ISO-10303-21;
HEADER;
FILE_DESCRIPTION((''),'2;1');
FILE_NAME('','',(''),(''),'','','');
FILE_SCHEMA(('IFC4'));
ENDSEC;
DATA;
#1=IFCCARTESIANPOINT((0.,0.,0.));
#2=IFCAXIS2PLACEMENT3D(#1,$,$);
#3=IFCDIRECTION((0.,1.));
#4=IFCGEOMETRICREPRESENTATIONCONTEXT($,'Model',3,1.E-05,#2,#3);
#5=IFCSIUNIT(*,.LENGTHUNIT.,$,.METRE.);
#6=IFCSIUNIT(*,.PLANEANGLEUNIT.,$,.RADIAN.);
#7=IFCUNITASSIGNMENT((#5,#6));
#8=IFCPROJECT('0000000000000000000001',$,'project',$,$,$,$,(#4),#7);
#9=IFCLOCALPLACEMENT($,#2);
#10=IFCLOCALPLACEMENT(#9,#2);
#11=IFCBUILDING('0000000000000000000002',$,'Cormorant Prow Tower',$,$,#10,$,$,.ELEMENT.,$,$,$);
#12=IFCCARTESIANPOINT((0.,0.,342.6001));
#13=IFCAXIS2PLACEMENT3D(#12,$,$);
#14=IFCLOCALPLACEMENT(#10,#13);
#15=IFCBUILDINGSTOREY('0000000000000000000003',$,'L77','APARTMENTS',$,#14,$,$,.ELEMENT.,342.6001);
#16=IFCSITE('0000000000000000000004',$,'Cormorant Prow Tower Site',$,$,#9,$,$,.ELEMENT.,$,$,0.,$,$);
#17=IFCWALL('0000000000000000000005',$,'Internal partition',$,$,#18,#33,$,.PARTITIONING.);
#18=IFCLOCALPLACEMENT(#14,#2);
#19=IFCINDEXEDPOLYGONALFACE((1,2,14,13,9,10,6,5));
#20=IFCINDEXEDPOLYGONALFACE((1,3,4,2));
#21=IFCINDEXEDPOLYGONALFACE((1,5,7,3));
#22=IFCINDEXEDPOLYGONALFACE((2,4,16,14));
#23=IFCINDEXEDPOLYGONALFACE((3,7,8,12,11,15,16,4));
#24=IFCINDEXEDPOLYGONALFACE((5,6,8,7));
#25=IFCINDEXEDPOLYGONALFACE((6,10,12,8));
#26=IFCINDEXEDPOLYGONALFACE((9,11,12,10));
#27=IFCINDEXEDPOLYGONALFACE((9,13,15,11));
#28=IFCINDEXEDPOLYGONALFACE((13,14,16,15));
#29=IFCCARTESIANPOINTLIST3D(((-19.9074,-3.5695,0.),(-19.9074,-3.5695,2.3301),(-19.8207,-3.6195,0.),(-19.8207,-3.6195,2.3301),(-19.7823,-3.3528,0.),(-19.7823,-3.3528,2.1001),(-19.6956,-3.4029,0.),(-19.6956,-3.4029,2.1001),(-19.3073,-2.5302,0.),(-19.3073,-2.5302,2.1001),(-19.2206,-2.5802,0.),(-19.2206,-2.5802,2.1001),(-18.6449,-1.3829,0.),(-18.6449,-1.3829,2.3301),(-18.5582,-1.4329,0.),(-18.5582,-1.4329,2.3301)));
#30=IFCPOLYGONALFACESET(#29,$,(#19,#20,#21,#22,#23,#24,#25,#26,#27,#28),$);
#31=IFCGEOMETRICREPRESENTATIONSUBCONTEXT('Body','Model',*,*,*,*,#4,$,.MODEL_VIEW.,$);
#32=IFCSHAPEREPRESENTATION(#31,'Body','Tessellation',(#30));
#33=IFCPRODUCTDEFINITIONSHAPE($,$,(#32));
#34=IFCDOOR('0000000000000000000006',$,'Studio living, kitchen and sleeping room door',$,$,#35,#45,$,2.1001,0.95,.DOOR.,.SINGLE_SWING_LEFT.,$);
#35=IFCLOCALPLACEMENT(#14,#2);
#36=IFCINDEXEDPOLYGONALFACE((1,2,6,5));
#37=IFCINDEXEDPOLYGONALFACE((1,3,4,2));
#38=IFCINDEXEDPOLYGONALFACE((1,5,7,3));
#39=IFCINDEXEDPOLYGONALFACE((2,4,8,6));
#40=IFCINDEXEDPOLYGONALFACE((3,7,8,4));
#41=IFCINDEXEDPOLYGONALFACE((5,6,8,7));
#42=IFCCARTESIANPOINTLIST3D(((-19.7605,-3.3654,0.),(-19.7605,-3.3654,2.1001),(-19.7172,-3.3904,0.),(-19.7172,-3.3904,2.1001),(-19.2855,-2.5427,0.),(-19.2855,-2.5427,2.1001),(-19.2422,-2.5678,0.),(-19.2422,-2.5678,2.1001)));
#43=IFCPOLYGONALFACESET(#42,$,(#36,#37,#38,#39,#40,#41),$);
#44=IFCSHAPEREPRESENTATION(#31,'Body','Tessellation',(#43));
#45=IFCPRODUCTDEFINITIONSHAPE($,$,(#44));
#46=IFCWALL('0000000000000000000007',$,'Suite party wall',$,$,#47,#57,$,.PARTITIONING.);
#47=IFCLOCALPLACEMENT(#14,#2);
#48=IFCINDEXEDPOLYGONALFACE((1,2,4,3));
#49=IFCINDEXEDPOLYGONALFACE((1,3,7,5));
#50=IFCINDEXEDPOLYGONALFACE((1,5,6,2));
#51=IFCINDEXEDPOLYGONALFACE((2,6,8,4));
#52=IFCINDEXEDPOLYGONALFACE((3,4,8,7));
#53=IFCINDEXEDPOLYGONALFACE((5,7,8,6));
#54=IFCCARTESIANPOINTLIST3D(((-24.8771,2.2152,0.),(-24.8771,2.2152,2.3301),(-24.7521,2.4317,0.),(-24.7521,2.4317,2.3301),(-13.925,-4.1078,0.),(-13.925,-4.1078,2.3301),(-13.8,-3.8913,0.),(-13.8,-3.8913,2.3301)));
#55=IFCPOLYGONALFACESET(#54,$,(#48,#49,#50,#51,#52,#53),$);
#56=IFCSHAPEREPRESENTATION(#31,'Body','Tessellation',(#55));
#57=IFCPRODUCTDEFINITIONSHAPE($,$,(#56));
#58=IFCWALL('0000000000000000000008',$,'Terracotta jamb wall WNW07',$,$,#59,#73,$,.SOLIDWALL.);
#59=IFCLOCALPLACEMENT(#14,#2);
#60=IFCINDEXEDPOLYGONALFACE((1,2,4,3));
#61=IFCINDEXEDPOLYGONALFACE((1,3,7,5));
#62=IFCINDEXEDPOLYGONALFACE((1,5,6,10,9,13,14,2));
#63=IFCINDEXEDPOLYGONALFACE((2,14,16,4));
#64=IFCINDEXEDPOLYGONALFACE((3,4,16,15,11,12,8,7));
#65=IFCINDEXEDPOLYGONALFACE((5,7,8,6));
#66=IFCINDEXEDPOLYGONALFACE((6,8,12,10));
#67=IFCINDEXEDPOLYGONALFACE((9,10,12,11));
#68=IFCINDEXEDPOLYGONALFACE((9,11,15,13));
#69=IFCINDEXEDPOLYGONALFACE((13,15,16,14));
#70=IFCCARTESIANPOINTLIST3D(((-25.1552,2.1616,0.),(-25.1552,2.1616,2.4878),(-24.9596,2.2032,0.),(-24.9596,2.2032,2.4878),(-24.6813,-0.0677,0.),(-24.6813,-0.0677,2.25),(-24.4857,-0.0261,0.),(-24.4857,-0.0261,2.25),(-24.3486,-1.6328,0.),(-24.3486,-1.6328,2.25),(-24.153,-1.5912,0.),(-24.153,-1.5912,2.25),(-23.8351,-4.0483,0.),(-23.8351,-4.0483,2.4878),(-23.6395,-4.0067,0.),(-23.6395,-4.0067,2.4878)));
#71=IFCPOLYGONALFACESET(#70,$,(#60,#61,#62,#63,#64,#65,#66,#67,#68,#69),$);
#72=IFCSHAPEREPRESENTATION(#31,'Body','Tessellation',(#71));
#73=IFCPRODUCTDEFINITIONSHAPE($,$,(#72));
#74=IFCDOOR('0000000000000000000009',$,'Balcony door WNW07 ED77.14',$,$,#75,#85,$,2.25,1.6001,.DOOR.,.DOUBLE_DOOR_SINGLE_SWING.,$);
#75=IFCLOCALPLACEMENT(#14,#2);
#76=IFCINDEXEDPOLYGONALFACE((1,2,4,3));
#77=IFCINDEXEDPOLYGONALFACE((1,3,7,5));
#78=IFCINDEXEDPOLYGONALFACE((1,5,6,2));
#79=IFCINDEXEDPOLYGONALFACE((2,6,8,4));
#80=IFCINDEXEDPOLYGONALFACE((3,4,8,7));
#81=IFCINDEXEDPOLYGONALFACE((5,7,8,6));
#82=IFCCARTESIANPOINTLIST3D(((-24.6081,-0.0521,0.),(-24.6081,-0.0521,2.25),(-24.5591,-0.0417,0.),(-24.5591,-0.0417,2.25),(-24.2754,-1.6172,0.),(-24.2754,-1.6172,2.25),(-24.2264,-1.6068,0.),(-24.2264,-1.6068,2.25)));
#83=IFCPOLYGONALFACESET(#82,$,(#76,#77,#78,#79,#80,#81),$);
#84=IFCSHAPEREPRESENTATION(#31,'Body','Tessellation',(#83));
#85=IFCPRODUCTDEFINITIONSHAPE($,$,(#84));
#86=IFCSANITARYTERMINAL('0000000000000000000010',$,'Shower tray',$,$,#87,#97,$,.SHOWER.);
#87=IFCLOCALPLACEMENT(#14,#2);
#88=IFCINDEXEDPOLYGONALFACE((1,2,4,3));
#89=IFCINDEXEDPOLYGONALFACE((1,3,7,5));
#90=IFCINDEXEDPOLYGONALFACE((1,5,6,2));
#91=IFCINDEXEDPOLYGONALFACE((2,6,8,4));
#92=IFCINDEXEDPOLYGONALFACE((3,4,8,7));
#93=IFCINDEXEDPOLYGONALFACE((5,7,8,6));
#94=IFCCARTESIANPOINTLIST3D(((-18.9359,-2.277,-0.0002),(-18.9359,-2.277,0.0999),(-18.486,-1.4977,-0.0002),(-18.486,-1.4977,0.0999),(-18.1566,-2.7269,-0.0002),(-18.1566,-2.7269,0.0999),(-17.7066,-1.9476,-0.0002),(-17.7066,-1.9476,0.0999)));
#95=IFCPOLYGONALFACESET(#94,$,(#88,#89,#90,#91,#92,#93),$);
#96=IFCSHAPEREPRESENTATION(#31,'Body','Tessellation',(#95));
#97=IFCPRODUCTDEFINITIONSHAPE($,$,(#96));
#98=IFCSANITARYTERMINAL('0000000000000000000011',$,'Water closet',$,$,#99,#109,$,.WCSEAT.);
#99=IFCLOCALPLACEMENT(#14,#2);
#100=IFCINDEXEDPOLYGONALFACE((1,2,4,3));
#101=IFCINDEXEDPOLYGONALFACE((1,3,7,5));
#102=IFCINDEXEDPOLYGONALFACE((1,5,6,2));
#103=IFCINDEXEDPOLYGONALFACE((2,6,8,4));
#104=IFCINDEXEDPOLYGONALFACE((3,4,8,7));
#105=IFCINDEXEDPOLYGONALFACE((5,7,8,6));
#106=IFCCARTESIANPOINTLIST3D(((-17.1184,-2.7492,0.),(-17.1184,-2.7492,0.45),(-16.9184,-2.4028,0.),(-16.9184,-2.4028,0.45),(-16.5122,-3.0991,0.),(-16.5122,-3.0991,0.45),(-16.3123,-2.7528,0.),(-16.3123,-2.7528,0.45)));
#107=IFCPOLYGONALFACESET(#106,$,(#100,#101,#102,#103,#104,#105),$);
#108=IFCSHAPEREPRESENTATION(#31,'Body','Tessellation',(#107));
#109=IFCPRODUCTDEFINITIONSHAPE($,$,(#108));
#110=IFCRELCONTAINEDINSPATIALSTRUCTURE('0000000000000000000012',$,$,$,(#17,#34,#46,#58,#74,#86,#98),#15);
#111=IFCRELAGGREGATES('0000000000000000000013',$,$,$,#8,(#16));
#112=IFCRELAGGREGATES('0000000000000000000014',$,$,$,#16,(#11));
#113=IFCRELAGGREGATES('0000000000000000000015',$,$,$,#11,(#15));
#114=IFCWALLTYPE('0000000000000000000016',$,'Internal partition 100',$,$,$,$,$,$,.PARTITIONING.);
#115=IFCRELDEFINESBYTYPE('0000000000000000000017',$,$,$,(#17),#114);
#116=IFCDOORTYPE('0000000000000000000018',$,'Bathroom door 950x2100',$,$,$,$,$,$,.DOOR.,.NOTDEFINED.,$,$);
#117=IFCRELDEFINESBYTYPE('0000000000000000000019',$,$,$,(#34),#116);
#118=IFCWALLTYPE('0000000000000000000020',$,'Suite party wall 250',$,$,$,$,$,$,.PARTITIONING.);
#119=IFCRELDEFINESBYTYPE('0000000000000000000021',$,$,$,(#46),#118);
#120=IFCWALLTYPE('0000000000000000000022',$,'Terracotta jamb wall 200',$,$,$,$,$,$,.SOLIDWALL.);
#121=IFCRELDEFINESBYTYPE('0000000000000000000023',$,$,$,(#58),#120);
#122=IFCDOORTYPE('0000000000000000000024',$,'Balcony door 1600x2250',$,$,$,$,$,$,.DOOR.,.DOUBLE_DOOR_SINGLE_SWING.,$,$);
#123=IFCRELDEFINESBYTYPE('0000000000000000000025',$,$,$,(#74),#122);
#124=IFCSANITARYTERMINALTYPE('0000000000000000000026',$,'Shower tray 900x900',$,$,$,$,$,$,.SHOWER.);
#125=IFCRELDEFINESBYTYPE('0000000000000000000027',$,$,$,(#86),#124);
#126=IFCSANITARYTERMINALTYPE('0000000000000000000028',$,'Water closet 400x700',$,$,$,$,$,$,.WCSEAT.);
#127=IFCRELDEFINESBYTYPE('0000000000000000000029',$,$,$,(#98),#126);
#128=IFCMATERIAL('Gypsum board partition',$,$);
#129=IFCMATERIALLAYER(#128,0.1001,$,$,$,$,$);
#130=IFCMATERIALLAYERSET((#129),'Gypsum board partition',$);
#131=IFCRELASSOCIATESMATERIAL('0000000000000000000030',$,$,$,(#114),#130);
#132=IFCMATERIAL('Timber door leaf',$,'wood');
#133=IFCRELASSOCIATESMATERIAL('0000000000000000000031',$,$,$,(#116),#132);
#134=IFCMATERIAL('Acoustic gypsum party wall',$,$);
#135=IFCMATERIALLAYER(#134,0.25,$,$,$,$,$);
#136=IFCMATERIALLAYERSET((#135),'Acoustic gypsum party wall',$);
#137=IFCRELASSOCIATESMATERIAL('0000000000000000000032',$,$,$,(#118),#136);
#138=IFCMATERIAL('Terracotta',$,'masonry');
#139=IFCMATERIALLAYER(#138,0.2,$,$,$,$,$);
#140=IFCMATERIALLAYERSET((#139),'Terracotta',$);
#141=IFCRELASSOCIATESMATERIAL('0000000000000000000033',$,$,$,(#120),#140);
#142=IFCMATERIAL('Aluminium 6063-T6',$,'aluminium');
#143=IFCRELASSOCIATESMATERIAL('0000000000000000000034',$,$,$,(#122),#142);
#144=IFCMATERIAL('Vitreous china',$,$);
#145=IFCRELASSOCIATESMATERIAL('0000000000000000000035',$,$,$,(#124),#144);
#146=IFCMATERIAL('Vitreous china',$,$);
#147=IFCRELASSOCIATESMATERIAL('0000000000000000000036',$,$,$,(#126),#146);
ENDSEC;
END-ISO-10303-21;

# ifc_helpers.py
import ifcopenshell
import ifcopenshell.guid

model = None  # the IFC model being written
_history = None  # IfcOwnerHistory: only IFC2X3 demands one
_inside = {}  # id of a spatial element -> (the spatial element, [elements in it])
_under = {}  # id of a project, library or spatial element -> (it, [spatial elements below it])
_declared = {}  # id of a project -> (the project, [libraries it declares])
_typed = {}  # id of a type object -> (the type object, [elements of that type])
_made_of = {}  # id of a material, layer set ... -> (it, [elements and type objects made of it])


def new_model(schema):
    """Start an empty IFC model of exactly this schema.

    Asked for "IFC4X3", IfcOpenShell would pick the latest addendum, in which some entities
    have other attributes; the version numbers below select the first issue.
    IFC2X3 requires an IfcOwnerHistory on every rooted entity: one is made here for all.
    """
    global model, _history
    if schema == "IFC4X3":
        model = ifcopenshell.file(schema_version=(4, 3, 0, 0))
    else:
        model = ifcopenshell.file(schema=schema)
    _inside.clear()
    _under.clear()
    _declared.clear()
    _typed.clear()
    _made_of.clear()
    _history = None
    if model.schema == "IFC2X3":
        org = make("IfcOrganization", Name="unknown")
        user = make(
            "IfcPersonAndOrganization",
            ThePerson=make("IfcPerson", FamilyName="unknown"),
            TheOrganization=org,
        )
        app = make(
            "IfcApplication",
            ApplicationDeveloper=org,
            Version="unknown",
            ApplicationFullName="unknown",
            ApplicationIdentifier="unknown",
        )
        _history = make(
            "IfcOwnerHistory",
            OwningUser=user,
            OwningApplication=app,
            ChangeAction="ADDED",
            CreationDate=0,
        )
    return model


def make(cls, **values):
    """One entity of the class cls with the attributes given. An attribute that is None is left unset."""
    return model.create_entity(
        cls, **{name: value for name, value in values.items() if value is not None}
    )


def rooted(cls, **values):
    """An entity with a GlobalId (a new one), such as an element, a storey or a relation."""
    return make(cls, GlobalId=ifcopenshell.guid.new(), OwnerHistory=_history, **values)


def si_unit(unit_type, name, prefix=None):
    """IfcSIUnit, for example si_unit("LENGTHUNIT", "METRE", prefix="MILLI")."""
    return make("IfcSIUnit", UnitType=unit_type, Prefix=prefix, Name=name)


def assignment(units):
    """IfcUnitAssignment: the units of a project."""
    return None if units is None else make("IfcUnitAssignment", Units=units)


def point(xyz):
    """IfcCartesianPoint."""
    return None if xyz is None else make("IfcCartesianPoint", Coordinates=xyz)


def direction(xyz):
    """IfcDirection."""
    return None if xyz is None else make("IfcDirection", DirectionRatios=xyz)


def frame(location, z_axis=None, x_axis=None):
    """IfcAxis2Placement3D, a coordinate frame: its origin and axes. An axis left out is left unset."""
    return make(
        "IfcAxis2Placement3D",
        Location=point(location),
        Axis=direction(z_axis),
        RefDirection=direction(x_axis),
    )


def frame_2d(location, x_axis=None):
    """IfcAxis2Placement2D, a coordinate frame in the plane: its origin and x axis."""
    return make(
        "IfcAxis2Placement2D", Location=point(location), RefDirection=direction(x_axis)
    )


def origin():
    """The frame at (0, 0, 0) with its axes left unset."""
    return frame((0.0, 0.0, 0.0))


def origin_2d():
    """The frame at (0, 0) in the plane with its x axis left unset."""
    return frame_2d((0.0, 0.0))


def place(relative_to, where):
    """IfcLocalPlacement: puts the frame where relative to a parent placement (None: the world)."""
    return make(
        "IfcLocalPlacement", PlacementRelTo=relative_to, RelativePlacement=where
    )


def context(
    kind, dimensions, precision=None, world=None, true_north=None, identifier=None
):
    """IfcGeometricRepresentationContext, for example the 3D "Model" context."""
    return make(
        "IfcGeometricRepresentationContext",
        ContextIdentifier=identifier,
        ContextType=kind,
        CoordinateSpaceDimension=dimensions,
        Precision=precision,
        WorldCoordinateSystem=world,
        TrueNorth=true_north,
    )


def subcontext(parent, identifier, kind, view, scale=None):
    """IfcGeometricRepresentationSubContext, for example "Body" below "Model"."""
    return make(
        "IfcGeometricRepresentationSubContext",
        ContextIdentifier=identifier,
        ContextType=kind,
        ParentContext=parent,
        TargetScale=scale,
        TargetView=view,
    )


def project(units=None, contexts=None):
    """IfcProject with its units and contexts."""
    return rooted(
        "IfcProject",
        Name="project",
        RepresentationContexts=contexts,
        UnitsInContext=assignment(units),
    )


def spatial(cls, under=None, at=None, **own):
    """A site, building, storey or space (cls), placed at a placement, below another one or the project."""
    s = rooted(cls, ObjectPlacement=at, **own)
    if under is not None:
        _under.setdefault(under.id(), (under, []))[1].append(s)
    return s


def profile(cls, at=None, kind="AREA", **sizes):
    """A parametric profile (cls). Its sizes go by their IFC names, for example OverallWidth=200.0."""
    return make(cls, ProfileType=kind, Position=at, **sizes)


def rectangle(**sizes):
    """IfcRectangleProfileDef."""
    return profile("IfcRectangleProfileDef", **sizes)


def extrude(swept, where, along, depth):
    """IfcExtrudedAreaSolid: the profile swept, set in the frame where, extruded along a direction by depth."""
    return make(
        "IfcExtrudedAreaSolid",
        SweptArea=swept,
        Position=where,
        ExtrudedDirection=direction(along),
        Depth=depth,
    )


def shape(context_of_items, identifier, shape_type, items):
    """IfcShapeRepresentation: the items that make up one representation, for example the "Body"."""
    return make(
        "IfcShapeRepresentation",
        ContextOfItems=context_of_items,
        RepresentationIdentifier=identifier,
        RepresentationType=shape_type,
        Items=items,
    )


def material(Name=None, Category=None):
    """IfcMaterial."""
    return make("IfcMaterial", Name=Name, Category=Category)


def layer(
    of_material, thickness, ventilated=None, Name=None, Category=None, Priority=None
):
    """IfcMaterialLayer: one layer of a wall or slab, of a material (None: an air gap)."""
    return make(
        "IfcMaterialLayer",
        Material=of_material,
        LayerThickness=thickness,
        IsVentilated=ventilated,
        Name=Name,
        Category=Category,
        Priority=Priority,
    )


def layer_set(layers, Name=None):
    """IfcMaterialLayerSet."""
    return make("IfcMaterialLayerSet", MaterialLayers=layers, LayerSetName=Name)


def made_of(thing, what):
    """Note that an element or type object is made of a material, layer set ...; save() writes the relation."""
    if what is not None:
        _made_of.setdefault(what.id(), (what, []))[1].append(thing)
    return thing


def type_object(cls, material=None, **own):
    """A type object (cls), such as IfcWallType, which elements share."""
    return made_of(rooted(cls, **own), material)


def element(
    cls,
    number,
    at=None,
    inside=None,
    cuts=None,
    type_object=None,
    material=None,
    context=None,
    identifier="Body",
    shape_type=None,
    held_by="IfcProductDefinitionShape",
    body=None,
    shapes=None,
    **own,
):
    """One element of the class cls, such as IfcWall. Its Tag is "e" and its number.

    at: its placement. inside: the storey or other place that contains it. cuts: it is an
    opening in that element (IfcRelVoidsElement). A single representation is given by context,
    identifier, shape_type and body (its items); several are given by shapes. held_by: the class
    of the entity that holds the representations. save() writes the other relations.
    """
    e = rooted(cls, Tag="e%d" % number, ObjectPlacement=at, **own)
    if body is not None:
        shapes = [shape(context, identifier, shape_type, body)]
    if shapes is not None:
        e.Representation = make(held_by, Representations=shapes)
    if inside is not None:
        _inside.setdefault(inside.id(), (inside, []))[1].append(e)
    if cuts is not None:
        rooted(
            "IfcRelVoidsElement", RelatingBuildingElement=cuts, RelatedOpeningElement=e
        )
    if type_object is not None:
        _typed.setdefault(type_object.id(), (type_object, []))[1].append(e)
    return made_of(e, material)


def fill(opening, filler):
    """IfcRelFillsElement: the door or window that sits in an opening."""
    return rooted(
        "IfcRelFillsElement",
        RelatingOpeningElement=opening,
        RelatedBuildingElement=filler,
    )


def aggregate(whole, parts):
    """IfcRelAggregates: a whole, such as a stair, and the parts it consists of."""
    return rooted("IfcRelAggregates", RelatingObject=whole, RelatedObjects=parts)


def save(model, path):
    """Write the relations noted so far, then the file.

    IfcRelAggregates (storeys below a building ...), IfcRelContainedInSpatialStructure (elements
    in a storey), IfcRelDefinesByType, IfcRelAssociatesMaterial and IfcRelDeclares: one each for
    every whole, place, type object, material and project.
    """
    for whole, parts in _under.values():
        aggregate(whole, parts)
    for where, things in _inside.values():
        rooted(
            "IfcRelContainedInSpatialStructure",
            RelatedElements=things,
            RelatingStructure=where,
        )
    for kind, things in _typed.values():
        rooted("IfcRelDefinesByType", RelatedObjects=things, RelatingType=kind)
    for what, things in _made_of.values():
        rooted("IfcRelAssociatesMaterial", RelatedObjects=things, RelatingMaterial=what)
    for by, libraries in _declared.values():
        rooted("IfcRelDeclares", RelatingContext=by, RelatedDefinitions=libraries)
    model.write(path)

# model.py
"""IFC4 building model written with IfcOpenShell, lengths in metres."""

from ifc_helpers import new_model, si_unit, direction, frame, frame_2d, origin, origin_2d, place, context, subcontext, project, spatial, rectangle, extrude, material, layer, layer_set, type_object, element, fill, save


model = new_model("IFC4")

# Units and contexts
model_context = context("Model", 3, precision=1e-05, world=origin(), true_north=direction((0.0, 1.0)))
body_context = subcontext(model_context, "Body", "Model", "MODEL_VIEW")
ifc_project = project(units=[si_unit("LENGTHUNIT", "METRE"), si_unit("PLANEANGLEUNIT", "RADIAN")], contexts=[model_context])

# Site, building, storey
site_placement = place(None, origin())
site = spatial("IfcSite", under=ifc_project, at=site_placement, Name="Cormorant Prow Tower Site", CompositionType="ELEMENT", RefElevation=0.0)
building_placement = place(site_placement, origin())
building = spatial("IfcBuilding", under=site, at=building_placement, Name="Cormorant Prow Tower", CompositionType="ELEMENT")
storey_placement = place(building_placement, frame((0.0, 0.0, 342.6001)))
storey = spatial("IfcBuildingStorey", under=building, at=storey_placement, Name="L77", Description="APARTMENTS", CompositionType="ELEMENT", Elevation=342.6001)

# Shared definitions
ifc_material_1 = material(Name="Gypsum board partition")
ifc_layer_1 = layer(ifc_material_1, 0.1001)
ifc_layer_set_1 = layer_set([ifc_layer_1], Name="Gypsum board partition")
wall_type_1 = type_object("IfcWallType", Name="Internal partition 100", PredefinedType="PARTITIONING", material=ifc_layer_set_1)
ifc_material_2 = material(Name="Timber door leaf", Category="wood")
door_type_1 = type_object("IfcDoorType", Name="Bathroom door 950x2100", OperationType="NOTDEFINED", PredefinedType="DOOR", material=ifc_material_2)

# Wall, opening, door
wall_1_placement = place(storey_placement, frame((-19.864, -3.5945, 0.0), z_axis=(0.0, 0.0, 1.0), x_axis=(0.500018, 0.866015, 0.0)))
wall_1 = element("IfcWall", 1, at=wall_1_placement, inside=storey, type_object=wall_type_1, Name="Internal partition", PredefinedType="PARTITIONING", context=body_context, shape_type="SweptSolid", body=[
    extrude(rectangle(XDim=2.5249, YDim=0.1001, at=frame_2d((1.2625, 0.0))), origin(), (0.0, 0.0, 1.0), 2.3301),
])
opening_1_placement = place(wall_1_placement, frame((0.25, 0.0, 0.0)))
opening_1 = element("IfcOpeningElement", 2, at=opening_1_placement, cuts=wall_1, PredefinedType="OPENING", context=body_context, shape_type="SweptSolid", body=[
    extrude(rectangle(XDim=0.95, YDim=2.1001, at=frame_2d((0.4751, 1.05))), frame((0.0, 0.0601, 0.0), z_axis=(0.0, -1.0, 0.0), x_axis=(1.0, 0.0, 0.0)), (0.0, 0.0, 1.0), 0.1201),
])
door_1_placement = place(opening_1_placement, origin())
door_1 = element("IfcDoor", 3, at=door_1_placement, inside=storey, type_object=door_type_1, Name="Studio living, kitchen and sleeping room door", OperationType="SINGLE_SWING_LEFT", OverallHeight=2.1001, OverallWidth=0.95, PredefinedType="DOOR", context=body_context, shape_type="SweptSolid", body=[
    extrude(rectangle(XDim=0.95, YDim=2.1001, at=frame_2d((0.4751, 1.05))), frame((0.0, 0.0249, 0.0), z_axis=(0.0, -1.0, 0.0), x_axis=(1.0, 0.0, 0.0)), (0.0, 0.0, 1.0), 0.05),
])
fill(opening_1, door_1)

# Wall
ifc_material_3 = material(Name="Acoustic gypsum party wall")
ifc_layer_2 = layer(ifc_material_3, 0.25)
ifc_layer_set_2 = layer_set([ifc_layer_2], Name="Acoustic gypsum party wall")
wall_type_2 = type_object("IfcWallType", Name="Suite party wall 250", PredefinedType="PARTITIONING", material=ifc_layer_set_2)
wall_2_placement = place(storey_placement, frame((-24.8147, 2.3235, 0.0), z_axis=(0.0, 0.0, 1.0), x_axis=(0.866033, -0.499986, 0.0)))
element("IfcWall", 4, at=wall_2_placement, inside=storey, type_object=wall_type_2, Name="Suite party wall", PredefinedType="PARTITIONING", context=body_context, shape_type="SweptSolid", body=[
    extrude(rectangle(XDim=12.6462, YDim=0.25, at=frame_2d((6.3232, 0.0))), origin(), (0.0, 0.0, 1.0), 2.3301),
])

# Wall, opening, door
ifc_material_4 = material(Name="Terracotta", Category="masonry")
ifc_layer_3 = layer(ifc_material_4, 0.2)
ifc_layer_set_3 = layer_set([ifc_layer_3], Name="Terracotta")
wall_type_3 = type_object("IfcWallType", Name="Terracotta jamb wall 200", PredefinedType="SOLIDWALL", material=ifc_layer_set_3)
wall_3_placement = place(storey_placement, frame((-25.0574, 2.1824, 0.0), z_axis=(0.0, 0.0, 1.0), x_axis=(0.207927, -0.978144, 0.0)))
wall_3 = element("IfcWall", 5, at=wall_3_placement, inside=storey, type_object=wall_type_3, Name="Terracotta jamb wall WNW07", PredefinedType="SOLIDWALL", context=body_context, shape_type="SweptSolid", body=[
    extrude(rectangle(XDim=6.3486, YDim=0.2, at=frame_2d((3.1743, 0.0))), origin(), (0.0, 0.0, 1.0), 2.4878),
])
opening_2_placement = place(wall_3_placement, frame((2.2791, 0.0, 0.0)))
opening_2 = element("IfcOpeningElement", 6, at=opening_2_placement, cuts=wall_3, PredefinedType="OPENING", context=body_context, shape_type="SweptSolid", body=[
    extrude(rectangle(XDim=1.6001, YDim=2.25, at=frame_2d((0.8, 1.125))), frame((0.0, 0.1099, 0.0), z_axis=(0.0, -1.0, 0.0), x_axis=(1.0, 0.0, 0.0)), (0.0, 0.0, 1.0), 0.22),
])
ifc_material_5 = material(Name="Aluminium 6063-T6", Category="aluminium")
door_type_2 = type_object("IfcDoorType", Name="Balcony door 1600x2250", OperationType="DOUBLE_DOOR_SINGLE_SWING", PredefinedType="DOOR", material=ifc_material_5)
door_2_placement = place(opening_2_placement, origin())
door_2 = element("IfcDoor", 7, at=door_2_placement, inside=storey, type_object=door_type_2, Name="Balcony door WNW07 ED77.14", OperationType="DOUBLE_DOOR_SINGLE_SWING", OverallHeight=2.25, OverallWidth=1.6001, PredefinedType="DOOR", context=body_context, shape_type="SweptSolid", body=[
    extrude(rectangle(XDim=1.6001, YDim=2.25, at=frame_2d((0.8, 1.125))), frame((0.0, 0.0249, 0.0), z_axis=(0.0, -1.0, 0.0), x_axis=(1.0, 0.0, 0.0)), (0.0, 0.0, 1.0), 0.05),
])
fill(opening_2, door_2)

# Sanitary terminals
ifc_material_6 = material(Name="Vitreous china")
sanitary_terminal_type_1 = type_object("IfcSanitaryTerminalType", Name="Shower tray 900x900", PredefinedType="SHOWER", material=ifc_material_6)
sanitary_terminal_1_placement = place(storey_placement, frame((-18.3213, -2.1123, -0.0002), z_axis=(0.0, 0.0, 1.0), x_axis=(0.866025, -0.5, 0.0)))
element("IfcSanitaryTerminal", 8, at=sanitary_terminal_1_placement, inside=storey, type_object=sanitary_terminal_type_1, Name="Shower tray", PredefinedType="SHOWER", context=body_context, shape_type="SweptSolid", body=[
    extrude(rectangle(XDim=0.8999, YDim=0.8999, at=origin_2d()), origin(), (0.0, 0.0, 1.0), 0.1001),
])
ifc_material_7 = material(Name="Vitreous china")
sanitary_terminal_type_2 = type_object("IfcSanitaryTerminalType", Name="Water closet 400x700", PredefinedType="WCSEAT", material=ifc_material_7)
sanitary_terminal_2_placement = place(storey_placement, frame((-16.7153, -2.751, 0.0), z_axis=(0.0, 0.0, 1.0), x_axis=(-0.5, -0.866025, 0.0)))
element("IfcSanitaryTerminal", 9, at=sanitary_terminal_2_placement, inside=storey, type_object=sanitary_terminal_type_2, Name="Water closet", PredefinedType="WCSEAT", context=body_context, shape_type="SweptSolid", body=[
    extrude(rectangle(XDim=0.3999, YDim=0.7, at=origin_2d()), origin(), (0.0, 0.0, 1.0), 0.45),
])

save(model, "model.ifc")
